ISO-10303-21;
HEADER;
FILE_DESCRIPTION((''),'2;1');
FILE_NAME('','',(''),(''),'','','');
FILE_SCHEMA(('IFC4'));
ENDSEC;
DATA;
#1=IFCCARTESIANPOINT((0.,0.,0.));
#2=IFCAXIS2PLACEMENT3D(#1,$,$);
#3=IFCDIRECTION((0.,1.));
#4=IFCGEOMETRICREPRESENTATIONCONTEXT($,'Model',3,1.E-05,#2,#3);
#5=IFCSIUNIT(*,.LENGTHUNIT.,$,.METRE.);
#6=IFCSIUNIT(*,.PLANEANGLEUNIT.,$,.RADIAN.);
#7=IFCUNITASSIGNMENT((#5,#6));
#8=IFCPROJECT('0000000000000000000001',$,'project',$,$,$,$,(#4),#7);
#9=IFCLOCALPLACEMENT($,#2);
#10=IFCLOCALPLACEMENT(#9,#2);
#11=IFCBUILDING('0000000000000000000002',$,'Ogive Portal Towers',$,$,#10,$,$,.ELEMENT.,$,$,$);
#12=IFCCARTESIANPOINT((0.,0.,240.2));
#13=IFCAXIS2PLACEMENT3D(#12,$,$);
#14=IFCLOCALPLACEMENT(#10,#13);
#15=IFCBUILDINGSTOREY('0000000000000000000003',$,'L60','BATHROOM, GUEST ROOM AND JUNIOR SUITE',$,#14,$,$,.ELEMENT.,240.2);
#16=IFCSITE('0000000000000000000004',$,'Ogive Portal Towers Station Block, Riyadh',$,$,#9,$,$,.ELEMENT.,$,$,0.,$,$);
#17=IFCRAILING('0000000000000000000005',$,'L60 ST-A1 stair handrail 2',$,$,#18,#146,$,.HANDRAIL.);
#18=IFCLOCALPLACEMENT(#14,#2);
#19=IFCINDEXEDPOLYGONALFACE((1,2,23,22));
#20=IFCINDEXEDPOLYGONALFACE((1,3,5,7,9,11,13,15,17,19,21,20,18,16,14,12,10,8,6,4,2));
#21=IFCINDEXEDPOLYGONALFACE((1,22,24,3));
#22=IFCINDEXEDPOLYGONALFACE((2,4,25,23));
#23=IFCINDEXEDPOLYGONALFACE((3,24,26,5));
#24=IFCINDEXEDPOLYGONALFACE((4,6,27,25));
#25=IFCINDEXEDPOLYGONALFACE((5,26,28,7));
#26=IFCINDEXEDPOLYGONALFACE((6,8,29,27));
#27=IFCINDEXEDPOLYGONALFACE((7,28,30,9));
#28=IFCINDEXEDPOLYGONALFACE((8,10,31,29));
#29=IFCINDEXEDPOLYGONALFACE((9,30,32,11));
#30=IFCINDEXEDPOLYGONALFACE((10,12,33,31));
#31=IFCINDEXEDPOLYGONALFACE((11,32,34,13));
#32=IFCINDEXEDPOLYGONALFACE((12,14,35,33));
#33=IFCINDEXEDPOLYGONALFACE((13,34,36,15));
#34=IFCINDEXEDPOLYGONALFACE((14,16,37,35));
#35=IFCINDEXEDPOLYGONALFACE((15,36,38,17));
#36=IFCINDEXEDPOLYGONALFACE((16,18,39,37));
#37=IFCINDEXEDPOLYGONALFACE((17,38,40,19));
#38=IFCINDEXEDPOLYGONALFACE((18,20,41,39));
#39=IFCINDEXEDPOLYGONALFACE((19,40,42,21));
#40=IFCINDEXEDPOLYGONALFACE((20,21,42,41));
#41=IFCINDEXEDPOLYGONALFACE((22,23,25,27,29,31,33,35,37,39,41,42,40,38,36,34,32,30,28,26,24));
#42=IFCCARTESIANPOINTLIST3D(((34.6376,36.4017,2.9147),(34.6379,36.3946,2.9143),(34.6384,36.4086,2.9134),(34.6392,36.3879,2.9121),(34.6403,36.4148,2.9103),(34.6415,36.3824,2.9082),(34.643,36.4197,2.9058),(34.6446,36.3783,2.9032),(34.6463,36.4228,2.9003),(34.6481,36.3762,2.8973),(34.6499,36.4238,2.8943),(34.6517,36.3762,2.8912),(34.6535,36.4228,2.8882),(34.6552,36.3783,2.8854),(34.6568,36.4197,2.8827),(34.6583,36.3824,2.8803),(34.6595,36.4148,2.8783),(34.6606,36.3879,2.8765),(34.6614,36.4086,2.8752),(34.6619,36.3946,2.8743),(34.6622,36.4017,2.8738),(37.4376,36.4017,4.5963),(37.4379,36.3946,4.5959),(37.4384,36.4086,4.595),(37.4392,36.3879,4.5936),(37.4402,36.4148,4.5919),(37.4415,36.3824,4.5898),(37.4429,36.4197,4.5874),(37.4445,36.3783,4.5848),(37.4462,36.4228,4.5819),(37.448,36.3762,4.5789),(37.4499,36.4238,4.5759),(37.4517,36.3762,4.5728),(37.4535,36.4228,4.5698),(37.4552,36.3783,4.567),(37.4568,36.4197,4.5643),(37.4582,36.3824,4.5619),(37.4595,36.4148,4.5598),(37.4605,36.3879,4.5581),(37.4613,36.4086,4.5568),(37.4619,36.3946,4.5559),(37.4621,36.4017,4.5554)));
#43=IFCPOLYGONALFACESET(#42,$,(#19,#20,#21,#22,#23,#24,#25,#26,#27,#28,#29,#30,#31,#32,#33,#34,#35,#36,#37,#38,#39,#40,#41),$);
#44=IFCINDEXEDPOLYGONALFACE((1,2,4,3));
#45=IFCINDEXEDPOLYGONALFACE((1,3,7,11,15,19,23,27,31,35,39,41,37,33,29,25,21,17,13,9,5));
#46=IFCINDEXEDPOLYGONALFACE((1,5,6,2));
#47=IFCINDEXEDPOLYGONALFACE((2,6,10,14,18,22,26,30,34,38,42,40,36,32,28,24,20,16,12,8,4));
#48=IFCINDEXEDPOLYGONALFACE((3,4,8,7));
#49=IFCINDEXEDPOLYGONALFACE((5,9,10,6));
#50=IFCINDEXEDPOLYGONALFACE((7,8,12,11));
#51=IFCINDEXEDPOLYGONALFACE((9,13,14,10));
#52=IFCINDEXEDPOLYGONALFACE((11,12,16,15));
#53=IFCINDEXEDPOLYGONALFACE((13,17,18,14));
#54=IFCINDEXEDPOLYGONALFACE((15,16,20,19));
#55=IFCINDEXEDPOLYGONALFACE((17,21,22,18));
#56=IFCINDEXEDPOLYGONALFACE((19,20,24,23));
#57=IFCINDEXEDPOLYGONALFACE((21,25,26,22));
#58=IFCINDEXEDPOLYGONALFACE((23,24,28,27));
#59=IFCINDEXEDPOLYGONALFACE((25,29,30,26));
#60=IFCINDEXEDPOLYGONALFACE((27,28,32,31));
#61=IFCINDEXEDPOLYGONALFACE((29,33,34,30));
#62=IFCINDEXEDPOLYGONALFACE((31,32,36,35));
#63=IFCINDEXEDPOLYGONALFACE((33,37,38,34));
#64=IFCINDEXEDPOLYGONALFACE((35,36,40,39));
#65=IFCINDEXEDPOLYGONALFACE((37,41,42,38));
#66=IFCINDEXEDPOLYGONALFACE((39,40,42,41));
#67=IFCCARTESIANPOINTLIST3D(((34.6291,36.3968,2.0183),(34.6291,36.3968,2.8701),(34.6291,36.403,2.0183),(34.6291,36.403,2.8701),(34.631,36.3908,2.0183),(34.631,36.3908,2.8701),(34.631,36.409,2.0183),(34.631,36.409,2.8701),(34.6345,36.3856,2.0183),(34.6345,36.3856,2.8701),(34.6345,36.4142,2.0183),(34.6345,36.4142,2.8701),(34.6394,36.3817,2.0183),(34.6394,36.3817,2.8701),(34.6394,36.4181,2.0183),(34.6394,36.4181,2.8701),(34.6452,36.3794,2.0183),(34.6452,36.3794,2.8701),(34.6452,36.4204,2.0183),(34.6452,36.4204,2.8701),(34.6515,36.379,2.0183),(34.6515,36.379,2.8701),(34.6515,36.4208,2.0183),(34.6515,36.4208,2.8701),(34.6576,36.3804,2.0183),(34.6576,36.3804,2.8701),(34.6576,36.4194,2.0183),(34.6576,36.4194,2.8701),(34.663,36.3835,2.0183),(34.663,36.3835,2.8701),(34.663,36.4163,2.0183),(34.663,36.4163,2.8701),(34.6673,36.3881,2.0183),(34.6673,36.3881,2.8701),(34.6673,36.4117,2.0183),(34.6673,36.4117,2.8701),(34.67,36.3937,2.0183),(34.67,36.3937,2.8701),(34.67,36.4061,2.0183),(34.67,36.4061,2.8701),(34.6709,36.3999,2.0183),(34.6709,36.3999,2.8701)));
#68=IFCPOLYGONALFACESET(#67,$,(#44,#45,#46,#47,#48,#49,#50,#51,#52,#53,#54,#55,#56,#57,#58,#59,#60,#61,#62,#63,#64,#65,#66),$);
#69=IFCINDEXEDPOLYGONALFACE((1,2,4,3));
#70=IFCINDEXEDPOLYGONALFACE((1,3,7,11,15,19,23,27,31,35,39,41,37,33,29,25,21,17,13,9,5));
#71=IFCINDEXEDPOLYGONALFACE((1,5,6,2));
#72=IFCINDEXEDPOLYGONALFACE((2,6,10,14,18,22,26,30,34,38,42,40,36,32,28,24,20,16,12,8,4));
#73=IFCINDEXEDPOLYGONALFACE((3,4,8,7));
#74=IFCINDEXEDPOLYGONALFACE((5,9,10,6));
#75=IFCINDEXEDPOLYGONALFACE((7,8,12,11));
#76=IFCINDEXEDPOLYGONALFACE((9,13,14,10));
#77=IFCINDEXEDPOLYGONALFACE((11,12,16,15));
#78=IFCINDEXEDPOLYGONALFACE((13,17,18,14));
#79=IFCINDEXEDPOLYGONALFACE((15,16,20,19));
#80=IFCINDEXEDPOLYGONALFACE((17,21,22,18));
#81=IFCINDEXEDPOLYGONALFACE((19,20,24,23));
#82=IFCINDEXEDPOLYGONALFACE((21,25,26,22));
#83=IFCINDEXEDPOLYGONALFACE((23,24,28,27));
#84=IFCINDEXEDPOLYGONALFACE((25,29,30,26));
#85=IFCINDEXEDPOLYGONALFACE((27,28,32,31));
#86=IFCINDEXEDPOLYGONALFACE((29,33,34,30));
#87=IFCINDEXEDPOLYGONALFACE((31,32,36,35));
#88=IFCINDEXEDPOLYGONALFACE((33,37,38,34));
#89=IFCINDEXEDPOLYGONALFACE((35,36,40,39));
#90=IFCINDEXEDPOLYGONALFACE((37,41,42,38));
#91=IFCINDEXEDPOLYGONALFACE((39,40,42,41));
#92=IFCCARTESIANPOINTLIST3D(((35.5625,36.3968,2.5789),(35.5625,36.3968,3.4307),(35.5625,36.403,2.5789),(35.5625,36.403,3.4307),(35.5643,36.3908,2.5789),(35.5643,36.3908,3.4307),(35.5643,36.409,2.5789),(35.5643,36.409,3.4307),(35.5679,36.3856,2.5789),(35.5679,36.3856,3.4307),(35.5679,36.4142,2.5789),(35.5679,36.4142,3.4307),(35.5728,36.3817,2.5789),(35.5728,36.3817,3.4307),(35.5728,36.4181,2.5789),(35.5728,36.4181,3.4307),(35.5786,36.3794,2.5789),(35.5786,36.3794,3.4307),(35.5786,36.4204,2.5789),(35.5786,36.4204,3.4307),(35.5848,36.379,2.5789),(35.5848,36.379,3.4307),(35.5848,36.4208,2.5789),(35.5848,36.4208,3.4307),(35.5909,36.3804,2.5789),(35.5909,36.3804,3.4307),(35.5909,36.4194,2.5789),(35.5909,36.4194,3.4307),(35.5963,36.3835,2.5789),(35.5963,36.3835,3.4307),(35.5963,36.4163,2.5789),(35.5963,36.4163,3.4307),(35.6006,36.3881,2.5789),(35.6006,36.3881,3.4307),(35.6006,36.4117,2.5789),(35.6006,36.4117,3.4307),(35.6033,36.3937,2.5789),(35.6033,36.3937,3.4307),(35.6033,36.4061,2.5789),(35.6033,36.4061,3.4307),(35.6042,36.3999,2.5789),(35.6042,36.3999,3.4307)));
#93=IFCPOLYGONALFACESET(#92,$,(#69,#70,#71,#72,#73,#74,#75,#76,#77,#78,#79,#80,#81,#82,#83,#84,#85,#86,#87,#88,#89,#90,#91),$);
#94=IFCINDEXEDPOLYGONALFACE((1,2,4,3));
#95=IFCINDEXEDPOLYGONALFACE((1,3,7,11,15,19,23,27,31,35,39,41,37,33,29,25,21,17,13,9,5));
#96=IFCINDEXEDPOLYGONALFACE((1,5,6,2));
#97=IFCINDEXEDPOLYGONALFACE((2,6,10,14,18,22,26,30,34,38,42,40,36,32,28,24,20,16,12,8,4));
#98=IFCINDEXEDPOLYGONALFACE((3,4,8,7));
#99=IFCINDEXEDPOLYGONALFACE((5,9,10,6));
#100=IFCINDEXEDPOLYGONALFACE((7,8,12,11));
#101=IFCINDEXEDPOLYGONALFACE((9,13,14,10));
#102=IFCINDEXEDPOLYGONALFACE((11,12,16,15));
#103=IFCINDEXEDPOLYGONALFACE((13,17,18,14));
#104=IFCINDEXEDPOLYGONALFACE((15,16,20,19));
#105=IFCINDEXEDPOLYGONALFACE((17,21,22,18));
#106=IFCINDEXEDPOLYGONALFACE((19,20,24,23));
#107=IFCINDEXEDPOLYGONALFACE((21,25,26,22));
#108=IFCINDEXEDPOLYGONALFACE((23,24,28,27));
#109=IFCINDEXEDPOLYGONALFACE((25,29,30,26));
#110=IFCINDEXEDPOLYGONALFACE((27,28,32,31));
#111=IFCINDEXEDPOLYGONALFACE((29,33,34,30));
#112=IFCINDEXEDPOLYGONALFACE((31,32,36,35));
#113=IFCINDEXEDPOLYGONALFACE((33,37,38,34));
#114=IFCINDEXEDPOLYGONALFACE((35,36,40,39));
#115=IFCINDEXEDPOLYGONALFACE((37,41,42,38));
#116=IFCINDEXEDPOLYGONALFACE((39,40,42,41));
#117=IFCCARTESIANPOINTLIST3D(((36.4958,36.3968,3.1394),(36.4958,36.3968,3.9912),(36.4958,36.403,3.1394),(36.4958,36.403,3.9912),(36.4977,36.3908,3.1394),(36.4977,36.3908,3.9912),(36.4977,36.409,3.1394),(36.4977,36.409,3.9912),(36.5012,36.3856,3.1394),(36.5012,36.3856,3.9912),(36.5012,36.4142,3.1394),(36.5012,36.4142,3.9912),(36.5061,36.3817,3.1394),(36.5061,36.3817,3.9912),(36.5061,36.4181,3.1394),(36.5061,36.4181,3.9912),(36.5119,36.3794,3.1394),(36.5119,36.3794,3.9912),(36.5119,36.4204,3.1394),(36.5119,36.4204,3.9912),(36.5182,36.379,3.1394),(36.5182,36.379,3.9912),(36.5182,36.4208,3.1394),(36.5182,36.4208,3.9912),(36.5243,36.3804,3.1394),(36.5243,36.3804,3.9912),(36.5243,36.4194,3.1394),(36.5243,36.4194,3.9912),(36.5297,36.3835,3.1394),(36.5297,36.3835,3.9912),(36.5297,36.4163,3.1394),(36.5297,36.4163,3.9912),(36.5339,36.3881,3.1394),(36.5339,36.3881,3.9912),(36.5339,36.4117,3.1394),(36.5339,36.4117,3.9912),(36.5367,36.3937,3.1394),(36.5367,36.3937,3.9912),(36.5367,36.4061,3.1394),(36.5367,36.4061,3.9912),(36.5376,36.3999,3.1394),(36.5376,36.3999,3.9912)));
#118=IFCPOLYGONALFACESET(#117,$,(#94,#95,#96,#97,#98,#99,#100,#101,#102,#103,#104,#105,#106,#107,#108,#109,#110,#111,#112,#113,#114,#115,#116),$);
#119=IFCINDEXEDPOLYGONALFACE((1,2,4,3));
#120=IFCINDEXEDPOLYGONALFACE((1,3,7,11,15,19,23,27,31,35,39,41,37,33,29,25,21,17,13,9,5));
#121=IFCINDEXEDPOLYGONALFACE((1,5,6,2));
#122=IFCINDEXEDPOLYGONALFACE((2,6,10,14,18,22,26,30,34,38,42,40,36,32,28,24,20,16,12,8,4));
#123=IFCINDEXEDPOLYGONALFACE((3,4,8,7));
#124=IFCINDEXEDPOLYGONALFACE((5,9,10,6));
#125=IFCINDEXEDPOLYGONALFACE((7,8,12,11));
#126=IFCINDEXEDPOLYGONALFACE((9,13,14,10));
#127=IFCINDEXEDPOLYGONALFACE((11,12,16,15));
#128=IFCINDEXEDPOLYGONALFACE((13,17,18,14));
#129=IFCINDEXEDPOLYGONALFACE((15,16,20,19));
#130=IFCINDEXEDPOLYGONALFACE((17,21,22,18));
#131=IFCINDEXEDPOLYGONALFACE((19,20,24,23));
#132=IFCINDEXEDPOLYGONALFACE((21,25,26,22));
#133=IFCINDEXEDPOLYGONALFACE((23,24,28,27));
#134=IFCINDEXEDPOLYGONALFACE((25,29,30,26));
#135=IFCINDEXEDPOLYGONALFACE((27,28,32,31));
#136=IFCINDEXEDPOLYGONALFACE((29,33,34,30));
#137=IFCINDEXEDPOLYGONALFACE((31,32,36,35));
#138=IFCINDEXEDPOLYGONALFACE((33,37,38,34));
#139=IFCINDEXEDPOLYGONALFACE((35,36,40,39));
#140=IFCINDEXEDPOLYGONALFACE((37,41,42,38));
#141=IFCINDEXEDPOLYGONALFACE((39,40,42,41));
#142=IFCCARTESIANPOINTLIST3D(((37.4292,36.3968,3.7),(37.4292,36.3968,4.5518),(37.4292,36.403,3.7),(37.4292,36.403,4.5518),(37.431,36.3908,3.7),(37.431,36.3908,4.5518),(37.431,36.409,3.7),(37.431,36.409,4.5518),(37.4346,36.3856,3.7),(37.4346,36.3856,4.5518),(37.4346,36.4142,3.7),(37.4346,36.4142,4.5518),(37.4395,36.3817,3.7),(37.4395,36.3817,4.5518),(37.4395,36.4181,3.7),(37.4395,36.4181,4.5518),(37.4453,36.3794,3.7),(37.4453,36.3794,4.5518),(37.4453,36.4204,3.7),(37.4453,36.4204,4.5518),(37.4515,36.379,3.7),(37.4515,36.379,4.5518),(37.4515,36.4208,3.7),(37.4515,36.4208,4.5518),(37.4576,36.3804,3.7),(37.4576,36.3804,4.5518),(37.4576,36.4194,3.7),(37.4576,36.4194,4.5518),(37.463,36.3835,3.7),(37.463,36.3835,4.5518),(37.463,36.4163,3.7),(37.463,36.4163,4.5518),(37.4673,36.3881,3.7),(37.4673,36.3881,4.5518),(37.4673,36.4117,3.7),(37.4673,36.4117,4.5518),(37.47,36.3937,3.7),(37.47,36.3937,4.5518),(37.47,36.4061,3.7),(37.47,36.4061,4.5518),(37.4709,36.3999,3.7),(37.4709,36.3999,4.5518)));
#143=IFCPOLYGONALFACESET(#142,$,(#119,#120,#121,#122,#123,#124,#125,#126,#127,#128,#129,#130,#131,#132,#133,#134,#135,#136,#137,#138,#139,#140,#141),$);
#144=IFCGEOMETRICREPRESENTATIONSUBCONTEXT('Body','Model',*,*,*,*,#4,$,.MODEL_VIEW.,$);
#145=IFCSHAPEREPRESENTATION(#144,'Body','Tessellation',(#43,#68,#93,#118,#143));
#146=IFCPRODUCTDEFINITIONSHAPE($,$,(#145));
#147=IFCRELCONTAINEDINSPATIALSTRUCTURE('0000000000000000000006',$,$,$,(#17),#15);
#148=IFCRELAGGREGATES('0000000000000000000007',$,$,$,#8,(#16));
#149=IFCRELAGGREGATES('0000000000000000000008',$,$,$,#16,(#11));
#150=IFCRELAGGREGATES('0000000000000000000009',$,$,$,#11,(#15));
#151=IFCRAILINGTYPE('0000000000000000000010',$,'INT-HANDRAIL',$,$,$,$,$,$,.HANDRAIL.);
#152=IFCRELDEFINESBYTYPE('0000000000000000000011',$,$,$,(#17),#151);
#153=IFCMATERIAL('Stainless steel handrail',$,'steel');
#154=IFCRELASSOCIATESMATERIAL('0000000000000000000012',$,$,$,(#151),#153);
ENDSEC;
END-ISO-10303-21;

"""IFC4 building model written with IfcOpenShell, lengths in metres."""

from ifc_helpers import new_model, si_unit, direction, frame, origin, origin_2d, place, context, subcontext, project, spatial, circle, extrude, material, type_object, element, save


model = new_model("IFC4")

# Units and contexts
model_context = context("Model", 3, precision=1e-05, world=origin(), true_north=direction((0.0, 1.0)))
body_context = subcontext(model_context, "Body", "Model", "MODEL_VIEW")
ifc_project = project(units=[si_unit("LENGTHUNIT", "METRE"), si_unit("PLANEANGLEUNIT", "RADIAN")], contexts=[model_context])

# Site, building, storey
site_placement = place(None, origin())
site = spatial("IfcSite", under=ifc_project, at=site_placement, Name="Ogive Portal Towers Station Block, Riyadh", CompositionType="ELEMENT", RefElevation=0.0)
building_placement = place(site_placement, origin())
building = spatial("IfcBuilding", under=site, at=building_placement, Name="Ogive Portal Towers", CompositionType="ELEMENT")
storey_placement = place(building_placement, frame((0.0, 0.0, 240.2)))
storey = spatial("IfcBuildingStorey", under=building, at=storey_placement, Name="L60", Description="BATHROOM, GUEST ROOM AND JUNIOR SUITE", CompositionType="ELEMENT", Elevation=240.2)

# Railing
ifc_material_1 = material(Name="Stainless steel handrail", Category="steel")
railing_type_1 = type_object("IfcRailingType", Name="INT-HANDRAIL", PredefinedType="HANDRAIL", material=ifc_material_1)
railing_1_placement = place(storey_placement, frame((34.6499, 36.3999, 2.0183)))
element("IfcRailing", 1, at=railing_1_placement, inside=storey, type_object=railing_type_1, Name="L60 ST-A1 stair handrail 2", PredefinedType="HANDRAIL", context=body_context, shape_type="SweptSolid", body=[
    extrude(circle(Radius=0.0239, at=origin_2d()), frame((0.0, 0.0, 0.876), z_axis=(0.857275, 0.0, 0.514858), x_axis=(0.0, 1.0, 0.0)), (0.0, 0.0, 1.0), 3.2661),
    extrude(circle(Radius=0.021, at=origin_2d()), origin(), (0.0, 0.0, 1.0), 0.8518),
    extrude(circle(Radius=0.021, at=origin_2d()), frame((0.9333, 0.0, 0.5605)), (0.0, 0.0, 1.0), 0.8518),
    extrude(circle(Radius=0.021, at=origin_2d()), frame((1.8667, 0.0, 1.1211)), (0.0, 0.0, 1.0), 0.8518),
    extrude(circle(Radius=0.021, at=origin_2d()), frame((2.8, 0.0, 1.6816)), (0.0, 0.0, 1.0), 0.8518),
])

save(model, "model.ifc")
